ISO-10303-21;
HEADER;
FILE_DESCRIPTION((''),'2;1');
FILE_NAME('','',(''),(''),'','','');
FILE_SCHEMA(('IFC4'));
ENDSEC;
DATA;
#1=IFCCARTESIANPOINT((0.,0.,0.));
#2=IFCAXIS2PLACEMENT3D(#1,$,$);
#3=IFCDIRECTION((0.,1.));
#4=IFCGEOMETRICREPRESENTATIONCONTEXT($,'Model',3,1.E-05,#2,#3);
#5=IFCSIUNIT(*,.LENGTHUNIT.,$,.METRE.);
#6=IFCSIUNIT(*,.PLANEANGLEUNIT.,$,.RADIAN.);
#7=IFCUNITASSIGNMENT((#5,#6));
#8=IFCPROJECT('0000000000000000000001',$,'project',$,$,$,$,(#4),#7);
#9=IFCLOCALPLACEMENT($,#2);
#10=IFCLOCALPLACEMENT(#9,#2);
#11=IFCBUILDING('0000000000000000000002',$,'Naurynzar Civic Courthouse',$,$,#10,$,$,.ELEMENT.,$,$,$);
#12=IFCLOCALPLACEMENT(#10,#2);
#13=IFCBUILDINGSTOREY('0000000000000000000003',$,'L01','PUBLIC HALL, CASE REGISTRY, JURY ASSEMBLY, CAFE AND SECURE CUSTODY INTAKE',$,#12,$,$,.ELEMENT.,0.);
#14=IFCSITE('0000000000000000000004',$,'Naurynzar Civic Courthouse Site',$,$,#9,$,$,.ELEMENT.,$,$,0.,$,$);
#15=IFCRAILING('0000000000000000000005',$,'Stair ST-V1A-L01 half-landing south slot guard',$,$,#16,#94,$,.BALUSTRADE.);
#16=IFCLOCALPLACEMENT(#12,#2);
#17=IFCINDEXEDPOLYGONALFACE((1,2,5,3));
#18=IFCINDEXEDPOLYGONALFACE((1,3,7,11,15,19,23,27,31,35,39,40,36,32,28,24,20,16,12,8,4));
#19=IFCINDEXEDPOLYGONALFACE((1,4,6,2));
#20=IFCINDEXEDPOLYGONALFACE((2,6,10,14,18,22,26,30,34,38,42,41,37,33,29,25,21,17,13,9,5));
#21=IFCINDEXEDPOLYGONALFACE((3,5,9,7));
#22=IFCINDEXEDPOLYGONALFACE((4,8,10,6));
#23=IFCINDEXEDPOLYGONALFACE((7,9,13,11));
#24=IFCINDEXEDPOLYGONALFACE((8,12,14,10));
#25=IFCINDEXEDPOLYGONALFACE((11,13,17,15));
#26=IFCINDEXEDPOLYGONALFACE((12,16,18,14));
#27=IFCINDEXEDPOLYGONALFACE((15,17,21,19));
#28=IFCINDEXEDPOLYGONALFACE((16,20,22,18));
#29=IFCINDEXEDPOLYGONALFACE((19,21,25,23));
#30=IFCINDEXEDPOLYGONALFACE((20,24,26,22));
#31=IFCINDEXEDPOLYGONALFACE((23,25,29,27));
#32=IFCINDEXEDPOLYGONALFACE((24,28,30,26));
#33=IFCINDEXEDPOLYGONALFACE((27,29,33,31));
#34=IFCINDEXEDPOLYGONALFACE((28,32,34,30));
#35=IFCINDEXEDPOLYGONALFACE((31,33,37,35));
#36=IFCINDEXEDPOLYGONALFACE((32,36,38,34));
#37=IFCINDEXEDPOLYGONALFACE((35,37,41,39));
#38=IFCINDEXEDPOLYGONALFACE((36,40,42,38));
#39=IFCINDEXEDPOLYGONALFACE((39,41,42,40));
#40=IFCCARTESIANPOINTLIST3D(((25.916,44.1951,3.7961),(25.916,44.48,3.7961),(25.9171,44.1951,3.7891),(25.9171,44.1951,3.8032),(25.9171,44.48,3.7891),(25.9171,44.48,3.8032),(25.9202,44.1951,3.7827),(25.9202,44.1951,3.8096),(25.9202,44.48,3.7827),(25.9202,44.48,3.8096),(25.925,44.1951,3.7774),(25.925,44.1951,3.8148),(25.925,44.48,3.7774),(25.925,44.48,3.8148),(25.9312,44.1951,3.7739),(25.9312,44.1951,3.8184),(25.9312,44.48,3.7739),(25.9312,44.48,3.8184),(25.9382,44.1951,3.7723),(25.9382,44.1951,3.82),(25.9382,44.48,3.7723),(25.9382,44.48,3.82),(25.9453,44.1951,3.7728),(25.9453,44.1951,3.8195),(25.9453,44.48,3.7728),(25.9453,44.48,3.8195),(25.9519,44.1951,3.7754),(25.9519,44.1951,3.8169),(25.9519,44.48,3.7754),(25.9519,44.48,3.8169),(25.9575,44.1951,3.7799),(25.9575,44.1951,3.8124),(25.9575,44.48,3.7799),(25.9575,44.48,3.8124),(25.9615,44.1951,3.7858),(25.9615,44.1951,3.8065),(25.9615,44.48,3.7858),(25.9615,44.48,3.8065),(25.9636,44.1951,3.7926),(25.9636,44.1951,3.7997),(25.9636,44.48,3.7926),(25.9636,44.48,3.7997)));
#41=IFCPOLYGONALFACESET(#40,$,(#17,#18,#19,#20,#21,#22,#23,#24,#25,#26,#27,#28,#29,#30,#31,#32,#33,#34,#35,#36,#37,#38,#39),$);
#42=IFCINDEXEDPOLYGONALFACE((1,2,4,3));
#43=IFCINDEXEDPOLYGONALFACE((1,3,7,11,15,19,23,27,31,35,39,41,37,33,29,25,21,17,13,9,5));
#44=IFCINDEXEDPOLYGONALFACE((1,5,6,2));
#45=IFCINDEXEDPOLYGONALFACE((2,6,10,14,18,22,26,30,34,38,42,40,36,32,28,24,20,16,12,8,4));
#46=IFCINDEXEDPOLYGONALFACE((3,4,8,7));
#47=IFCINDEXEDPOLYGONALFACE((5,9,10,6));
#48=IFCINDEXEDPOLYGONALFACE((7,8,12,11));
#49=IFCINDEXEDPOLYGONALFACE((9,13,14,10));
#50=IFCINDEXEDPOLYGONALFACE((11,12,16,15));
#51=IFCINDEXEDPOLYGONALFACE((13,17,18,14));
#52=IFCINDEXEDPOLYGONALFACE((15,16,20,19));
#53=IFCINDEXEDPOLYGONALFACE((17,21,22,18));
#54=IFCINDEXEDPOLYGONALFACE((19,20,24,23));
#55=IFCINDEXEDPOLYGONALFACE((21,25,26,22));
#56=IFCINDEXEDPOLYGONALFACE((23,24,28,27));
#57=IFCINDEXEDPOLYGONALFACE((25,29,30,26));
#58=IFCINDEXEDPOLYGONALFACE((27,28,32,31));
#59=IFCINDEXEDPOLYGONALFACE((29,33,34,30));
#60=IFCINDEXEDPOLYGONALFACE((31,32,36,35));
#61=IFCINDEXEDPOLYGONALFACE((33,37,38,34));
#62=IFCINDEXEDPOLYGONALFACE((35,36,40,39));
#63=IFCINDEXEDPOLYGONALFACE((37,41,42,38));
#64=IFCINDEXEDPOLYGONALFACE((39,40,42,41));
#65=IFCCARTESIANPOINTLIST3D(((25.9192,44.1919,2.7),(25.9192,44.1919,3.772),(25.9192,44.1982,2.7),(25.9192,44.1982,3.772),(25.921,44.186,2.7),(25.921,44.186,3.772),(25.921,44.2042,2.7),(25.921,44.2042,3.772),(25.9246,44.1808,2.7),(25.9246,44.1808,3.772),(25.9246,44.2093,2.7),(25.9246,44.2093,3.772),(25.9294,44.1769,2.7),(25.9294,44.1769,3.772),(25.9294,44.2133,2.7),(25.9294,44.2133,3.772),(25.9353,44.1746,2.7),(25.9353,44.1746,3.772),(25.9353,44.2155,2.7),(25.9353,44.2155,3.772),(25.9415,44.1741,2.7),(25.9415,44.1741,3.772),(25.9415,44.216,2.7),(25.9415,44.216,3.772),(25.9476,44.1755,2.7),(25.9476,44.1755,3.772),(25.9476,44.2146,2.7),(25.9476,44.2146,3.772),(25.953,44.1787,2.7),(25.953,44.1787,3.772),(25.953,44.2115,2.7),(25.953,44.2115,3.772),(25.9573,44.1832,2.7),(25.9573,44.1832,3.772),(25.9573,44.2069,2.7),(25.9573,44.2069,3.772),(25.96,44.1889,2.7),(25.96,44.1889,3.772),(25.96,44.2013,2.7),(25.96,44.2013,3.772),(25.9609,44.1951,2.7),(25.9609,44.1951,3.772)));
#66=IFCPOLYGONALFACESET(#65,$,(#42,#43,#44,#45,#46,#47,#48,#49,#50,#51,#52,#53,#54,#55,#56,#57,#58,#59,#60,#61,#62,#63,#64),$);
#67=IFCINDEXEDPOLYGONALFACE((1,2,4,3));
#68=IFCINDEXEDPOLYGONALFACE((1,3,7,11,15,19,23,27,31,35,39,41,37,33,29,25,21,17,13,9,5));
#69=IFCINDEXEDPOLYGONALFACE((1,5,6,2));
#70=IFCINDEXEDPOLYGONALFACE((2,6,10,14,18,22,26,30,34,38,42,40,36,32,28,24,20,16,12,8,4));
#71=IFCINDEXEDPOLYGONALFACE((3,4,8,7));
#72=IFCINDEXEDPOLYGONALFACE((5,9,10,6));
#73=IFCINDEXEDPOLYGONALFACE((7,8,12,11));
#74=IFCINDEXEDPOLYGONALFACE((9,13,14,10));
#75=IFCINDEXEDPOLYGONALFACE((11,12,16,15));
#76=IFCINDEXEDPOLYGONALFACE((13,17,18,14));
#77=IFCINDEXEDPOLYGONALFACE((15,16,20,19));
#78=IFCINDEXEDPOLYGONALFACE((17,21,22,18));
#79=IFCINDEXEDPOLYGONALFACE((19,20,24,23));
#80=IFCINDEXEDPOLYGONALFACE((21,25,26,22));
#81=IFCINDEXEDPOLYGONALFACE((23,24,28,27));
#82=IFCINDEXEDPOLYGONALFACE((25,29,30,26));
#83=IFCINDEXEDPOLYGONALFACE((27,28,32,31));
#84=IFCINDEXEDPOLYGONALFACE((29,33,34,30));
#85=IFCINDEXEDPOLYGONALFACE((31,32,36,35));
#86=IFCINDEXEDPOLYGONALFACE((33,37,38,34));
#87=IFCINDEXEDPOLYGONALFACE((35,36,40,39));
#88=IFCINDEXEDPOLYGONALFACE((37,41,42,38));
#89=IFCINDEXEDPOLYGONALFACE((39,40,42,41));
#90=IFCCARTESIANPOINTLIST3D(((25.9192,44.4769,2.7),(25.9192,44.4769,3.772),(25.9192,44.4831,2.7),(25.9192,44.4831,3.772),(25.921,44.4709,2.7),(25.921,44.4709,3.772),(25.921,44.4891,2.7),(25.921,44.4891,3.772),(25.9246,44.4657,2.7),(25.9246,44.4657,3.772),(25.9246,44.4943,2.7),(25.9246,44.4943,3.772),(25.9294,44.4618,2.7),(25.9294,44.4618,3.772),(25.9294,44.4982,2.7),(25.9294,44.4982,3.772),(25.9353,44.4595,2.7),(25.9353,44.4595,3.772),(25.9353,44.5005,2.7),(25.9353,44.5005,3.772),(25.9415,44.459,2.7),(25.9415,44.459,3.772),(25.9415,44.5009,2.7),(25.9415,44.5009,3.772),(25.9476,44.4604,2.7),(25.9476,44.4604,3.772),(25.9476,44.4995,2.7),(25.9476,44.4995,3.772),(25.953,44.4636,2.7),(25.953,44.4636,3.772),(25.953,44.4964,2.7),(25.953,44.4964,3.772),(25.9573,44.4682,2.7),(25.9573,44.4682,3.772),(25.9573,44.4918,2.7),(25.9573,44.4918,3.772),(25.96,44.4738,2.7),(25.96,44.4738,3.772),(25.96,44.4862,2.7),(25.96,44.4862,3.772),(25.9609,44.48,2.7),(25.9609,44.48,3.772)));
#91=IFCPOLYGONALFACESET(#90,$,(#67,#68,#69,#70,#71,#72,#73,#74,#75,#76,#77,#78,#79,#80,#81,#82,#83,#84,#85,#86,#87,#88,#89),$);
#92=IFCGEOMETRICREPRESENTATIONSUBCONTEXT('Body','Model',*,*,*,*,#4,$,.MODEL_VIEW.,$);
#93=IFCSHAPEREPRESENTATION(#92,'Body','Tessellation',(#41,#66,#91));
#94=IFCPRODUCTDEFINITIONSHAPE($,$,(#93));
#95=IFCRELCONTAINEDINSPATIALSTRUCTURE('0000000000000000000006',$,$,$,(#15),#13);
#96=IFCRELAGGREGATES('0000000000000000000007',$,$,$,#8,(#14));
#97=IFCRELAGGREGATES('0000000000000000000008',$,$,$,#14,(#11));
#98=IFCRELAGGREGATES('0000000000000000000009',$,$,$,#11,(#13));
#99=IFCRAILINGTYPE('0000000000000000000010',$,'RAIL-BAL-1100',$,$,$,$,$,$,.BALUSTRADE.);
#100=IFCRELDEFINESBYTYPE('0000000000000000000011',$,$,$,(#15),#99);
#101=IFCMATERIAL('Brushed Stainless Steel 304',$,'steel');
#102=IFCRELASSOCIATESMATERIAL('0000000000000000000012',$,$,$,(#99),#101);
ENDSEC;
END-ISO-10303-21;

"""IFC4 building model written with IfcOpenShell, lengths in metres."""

from ifc_helpers import new_model, si_unit, direction, frame, origin, origin_2d, place, context, subcontext, project, spatial, circle, extrude, material, type_object, element, save


model = new_model("IFC4")

# Units and contexts
model_context = context("Model", 3, precision=1e-05, world=origin(), true_north=direction((0.0, 1.0)))
body_context = subcontext(model_context, "Body", "Model", "MODEL_VIEW")
ifc_project = project(units=[si_unit("LENGTHUNIT", "METRE"), si_unit("PLANEANGLEUNIT", "RADIAN")], contexts=[model_context])

# Site, building, storey
site_placement = place(None, origin())
site = spatial("IfcSite", under=ifc_project, at=site_placement, Name="Naurynzar Civic Courthouse Site", CompositionType="ELEMENT", RefElevation=0.0)
building_placement = place(site_placement, origin())
building = spatial("IfcBuilding", under=site, at=building_placement, Name="Naurynzar Civic Courthouse", CompositionType="ELEMENT")
storey_placement = place(building_placement, origin())
storey = spatial("IfcBuildingStorey", under=building, at=storey_placement, Name="L01", Description="PUBLIC HALL, CASE REGISTRY, JURY ASSEMBLY, CAFE AND SECURE CUSTODY INTAKE", CompositionType="ELEMENT", Elevation=0.0)

# Railing
ifc_material_1 = material(Name="Brushed Stainless Steel 304", Category="steel")
railing_type = type_object("IfcRailingType", Name="RAIL-BAL-1100", PredefinedType="BALUSTRADE", material=ifc_material_1)
railing_placement = place(storey_placement, frame((25.9399, 44.1951, 2.7)))
element("IfcRailing", 1, at=railing_placement, inside=storey, type_object=railing_type, Name="Stair ST-V1A-L01 half-landing south slot guard", PredefinedType="BALUSTRADE", context=body_context, shape_type="SweptSolid", body=[
    extrude(circle(Radius=0.0239, at=origin_2d()), frame((0.0, 0.0, 1.0962), z_axis=(0.0, 1.0, 0.0), x_axis=(-1.0, 0.0, 0.0)), (0.0, 0.0, 1.0), 0.2849),
    extrude(circle(Radius=0.021, at=origin_2d()), origin(), (0.0, 0.0, 1.0), 1.072),
    extrude(circle(Radius=0.021, at=origin_2d()), frame((0.0, 0.2849, 0.0)), (0.0, 0.0, 1.0), 1.072),
])

save(model, "model.ifc")
